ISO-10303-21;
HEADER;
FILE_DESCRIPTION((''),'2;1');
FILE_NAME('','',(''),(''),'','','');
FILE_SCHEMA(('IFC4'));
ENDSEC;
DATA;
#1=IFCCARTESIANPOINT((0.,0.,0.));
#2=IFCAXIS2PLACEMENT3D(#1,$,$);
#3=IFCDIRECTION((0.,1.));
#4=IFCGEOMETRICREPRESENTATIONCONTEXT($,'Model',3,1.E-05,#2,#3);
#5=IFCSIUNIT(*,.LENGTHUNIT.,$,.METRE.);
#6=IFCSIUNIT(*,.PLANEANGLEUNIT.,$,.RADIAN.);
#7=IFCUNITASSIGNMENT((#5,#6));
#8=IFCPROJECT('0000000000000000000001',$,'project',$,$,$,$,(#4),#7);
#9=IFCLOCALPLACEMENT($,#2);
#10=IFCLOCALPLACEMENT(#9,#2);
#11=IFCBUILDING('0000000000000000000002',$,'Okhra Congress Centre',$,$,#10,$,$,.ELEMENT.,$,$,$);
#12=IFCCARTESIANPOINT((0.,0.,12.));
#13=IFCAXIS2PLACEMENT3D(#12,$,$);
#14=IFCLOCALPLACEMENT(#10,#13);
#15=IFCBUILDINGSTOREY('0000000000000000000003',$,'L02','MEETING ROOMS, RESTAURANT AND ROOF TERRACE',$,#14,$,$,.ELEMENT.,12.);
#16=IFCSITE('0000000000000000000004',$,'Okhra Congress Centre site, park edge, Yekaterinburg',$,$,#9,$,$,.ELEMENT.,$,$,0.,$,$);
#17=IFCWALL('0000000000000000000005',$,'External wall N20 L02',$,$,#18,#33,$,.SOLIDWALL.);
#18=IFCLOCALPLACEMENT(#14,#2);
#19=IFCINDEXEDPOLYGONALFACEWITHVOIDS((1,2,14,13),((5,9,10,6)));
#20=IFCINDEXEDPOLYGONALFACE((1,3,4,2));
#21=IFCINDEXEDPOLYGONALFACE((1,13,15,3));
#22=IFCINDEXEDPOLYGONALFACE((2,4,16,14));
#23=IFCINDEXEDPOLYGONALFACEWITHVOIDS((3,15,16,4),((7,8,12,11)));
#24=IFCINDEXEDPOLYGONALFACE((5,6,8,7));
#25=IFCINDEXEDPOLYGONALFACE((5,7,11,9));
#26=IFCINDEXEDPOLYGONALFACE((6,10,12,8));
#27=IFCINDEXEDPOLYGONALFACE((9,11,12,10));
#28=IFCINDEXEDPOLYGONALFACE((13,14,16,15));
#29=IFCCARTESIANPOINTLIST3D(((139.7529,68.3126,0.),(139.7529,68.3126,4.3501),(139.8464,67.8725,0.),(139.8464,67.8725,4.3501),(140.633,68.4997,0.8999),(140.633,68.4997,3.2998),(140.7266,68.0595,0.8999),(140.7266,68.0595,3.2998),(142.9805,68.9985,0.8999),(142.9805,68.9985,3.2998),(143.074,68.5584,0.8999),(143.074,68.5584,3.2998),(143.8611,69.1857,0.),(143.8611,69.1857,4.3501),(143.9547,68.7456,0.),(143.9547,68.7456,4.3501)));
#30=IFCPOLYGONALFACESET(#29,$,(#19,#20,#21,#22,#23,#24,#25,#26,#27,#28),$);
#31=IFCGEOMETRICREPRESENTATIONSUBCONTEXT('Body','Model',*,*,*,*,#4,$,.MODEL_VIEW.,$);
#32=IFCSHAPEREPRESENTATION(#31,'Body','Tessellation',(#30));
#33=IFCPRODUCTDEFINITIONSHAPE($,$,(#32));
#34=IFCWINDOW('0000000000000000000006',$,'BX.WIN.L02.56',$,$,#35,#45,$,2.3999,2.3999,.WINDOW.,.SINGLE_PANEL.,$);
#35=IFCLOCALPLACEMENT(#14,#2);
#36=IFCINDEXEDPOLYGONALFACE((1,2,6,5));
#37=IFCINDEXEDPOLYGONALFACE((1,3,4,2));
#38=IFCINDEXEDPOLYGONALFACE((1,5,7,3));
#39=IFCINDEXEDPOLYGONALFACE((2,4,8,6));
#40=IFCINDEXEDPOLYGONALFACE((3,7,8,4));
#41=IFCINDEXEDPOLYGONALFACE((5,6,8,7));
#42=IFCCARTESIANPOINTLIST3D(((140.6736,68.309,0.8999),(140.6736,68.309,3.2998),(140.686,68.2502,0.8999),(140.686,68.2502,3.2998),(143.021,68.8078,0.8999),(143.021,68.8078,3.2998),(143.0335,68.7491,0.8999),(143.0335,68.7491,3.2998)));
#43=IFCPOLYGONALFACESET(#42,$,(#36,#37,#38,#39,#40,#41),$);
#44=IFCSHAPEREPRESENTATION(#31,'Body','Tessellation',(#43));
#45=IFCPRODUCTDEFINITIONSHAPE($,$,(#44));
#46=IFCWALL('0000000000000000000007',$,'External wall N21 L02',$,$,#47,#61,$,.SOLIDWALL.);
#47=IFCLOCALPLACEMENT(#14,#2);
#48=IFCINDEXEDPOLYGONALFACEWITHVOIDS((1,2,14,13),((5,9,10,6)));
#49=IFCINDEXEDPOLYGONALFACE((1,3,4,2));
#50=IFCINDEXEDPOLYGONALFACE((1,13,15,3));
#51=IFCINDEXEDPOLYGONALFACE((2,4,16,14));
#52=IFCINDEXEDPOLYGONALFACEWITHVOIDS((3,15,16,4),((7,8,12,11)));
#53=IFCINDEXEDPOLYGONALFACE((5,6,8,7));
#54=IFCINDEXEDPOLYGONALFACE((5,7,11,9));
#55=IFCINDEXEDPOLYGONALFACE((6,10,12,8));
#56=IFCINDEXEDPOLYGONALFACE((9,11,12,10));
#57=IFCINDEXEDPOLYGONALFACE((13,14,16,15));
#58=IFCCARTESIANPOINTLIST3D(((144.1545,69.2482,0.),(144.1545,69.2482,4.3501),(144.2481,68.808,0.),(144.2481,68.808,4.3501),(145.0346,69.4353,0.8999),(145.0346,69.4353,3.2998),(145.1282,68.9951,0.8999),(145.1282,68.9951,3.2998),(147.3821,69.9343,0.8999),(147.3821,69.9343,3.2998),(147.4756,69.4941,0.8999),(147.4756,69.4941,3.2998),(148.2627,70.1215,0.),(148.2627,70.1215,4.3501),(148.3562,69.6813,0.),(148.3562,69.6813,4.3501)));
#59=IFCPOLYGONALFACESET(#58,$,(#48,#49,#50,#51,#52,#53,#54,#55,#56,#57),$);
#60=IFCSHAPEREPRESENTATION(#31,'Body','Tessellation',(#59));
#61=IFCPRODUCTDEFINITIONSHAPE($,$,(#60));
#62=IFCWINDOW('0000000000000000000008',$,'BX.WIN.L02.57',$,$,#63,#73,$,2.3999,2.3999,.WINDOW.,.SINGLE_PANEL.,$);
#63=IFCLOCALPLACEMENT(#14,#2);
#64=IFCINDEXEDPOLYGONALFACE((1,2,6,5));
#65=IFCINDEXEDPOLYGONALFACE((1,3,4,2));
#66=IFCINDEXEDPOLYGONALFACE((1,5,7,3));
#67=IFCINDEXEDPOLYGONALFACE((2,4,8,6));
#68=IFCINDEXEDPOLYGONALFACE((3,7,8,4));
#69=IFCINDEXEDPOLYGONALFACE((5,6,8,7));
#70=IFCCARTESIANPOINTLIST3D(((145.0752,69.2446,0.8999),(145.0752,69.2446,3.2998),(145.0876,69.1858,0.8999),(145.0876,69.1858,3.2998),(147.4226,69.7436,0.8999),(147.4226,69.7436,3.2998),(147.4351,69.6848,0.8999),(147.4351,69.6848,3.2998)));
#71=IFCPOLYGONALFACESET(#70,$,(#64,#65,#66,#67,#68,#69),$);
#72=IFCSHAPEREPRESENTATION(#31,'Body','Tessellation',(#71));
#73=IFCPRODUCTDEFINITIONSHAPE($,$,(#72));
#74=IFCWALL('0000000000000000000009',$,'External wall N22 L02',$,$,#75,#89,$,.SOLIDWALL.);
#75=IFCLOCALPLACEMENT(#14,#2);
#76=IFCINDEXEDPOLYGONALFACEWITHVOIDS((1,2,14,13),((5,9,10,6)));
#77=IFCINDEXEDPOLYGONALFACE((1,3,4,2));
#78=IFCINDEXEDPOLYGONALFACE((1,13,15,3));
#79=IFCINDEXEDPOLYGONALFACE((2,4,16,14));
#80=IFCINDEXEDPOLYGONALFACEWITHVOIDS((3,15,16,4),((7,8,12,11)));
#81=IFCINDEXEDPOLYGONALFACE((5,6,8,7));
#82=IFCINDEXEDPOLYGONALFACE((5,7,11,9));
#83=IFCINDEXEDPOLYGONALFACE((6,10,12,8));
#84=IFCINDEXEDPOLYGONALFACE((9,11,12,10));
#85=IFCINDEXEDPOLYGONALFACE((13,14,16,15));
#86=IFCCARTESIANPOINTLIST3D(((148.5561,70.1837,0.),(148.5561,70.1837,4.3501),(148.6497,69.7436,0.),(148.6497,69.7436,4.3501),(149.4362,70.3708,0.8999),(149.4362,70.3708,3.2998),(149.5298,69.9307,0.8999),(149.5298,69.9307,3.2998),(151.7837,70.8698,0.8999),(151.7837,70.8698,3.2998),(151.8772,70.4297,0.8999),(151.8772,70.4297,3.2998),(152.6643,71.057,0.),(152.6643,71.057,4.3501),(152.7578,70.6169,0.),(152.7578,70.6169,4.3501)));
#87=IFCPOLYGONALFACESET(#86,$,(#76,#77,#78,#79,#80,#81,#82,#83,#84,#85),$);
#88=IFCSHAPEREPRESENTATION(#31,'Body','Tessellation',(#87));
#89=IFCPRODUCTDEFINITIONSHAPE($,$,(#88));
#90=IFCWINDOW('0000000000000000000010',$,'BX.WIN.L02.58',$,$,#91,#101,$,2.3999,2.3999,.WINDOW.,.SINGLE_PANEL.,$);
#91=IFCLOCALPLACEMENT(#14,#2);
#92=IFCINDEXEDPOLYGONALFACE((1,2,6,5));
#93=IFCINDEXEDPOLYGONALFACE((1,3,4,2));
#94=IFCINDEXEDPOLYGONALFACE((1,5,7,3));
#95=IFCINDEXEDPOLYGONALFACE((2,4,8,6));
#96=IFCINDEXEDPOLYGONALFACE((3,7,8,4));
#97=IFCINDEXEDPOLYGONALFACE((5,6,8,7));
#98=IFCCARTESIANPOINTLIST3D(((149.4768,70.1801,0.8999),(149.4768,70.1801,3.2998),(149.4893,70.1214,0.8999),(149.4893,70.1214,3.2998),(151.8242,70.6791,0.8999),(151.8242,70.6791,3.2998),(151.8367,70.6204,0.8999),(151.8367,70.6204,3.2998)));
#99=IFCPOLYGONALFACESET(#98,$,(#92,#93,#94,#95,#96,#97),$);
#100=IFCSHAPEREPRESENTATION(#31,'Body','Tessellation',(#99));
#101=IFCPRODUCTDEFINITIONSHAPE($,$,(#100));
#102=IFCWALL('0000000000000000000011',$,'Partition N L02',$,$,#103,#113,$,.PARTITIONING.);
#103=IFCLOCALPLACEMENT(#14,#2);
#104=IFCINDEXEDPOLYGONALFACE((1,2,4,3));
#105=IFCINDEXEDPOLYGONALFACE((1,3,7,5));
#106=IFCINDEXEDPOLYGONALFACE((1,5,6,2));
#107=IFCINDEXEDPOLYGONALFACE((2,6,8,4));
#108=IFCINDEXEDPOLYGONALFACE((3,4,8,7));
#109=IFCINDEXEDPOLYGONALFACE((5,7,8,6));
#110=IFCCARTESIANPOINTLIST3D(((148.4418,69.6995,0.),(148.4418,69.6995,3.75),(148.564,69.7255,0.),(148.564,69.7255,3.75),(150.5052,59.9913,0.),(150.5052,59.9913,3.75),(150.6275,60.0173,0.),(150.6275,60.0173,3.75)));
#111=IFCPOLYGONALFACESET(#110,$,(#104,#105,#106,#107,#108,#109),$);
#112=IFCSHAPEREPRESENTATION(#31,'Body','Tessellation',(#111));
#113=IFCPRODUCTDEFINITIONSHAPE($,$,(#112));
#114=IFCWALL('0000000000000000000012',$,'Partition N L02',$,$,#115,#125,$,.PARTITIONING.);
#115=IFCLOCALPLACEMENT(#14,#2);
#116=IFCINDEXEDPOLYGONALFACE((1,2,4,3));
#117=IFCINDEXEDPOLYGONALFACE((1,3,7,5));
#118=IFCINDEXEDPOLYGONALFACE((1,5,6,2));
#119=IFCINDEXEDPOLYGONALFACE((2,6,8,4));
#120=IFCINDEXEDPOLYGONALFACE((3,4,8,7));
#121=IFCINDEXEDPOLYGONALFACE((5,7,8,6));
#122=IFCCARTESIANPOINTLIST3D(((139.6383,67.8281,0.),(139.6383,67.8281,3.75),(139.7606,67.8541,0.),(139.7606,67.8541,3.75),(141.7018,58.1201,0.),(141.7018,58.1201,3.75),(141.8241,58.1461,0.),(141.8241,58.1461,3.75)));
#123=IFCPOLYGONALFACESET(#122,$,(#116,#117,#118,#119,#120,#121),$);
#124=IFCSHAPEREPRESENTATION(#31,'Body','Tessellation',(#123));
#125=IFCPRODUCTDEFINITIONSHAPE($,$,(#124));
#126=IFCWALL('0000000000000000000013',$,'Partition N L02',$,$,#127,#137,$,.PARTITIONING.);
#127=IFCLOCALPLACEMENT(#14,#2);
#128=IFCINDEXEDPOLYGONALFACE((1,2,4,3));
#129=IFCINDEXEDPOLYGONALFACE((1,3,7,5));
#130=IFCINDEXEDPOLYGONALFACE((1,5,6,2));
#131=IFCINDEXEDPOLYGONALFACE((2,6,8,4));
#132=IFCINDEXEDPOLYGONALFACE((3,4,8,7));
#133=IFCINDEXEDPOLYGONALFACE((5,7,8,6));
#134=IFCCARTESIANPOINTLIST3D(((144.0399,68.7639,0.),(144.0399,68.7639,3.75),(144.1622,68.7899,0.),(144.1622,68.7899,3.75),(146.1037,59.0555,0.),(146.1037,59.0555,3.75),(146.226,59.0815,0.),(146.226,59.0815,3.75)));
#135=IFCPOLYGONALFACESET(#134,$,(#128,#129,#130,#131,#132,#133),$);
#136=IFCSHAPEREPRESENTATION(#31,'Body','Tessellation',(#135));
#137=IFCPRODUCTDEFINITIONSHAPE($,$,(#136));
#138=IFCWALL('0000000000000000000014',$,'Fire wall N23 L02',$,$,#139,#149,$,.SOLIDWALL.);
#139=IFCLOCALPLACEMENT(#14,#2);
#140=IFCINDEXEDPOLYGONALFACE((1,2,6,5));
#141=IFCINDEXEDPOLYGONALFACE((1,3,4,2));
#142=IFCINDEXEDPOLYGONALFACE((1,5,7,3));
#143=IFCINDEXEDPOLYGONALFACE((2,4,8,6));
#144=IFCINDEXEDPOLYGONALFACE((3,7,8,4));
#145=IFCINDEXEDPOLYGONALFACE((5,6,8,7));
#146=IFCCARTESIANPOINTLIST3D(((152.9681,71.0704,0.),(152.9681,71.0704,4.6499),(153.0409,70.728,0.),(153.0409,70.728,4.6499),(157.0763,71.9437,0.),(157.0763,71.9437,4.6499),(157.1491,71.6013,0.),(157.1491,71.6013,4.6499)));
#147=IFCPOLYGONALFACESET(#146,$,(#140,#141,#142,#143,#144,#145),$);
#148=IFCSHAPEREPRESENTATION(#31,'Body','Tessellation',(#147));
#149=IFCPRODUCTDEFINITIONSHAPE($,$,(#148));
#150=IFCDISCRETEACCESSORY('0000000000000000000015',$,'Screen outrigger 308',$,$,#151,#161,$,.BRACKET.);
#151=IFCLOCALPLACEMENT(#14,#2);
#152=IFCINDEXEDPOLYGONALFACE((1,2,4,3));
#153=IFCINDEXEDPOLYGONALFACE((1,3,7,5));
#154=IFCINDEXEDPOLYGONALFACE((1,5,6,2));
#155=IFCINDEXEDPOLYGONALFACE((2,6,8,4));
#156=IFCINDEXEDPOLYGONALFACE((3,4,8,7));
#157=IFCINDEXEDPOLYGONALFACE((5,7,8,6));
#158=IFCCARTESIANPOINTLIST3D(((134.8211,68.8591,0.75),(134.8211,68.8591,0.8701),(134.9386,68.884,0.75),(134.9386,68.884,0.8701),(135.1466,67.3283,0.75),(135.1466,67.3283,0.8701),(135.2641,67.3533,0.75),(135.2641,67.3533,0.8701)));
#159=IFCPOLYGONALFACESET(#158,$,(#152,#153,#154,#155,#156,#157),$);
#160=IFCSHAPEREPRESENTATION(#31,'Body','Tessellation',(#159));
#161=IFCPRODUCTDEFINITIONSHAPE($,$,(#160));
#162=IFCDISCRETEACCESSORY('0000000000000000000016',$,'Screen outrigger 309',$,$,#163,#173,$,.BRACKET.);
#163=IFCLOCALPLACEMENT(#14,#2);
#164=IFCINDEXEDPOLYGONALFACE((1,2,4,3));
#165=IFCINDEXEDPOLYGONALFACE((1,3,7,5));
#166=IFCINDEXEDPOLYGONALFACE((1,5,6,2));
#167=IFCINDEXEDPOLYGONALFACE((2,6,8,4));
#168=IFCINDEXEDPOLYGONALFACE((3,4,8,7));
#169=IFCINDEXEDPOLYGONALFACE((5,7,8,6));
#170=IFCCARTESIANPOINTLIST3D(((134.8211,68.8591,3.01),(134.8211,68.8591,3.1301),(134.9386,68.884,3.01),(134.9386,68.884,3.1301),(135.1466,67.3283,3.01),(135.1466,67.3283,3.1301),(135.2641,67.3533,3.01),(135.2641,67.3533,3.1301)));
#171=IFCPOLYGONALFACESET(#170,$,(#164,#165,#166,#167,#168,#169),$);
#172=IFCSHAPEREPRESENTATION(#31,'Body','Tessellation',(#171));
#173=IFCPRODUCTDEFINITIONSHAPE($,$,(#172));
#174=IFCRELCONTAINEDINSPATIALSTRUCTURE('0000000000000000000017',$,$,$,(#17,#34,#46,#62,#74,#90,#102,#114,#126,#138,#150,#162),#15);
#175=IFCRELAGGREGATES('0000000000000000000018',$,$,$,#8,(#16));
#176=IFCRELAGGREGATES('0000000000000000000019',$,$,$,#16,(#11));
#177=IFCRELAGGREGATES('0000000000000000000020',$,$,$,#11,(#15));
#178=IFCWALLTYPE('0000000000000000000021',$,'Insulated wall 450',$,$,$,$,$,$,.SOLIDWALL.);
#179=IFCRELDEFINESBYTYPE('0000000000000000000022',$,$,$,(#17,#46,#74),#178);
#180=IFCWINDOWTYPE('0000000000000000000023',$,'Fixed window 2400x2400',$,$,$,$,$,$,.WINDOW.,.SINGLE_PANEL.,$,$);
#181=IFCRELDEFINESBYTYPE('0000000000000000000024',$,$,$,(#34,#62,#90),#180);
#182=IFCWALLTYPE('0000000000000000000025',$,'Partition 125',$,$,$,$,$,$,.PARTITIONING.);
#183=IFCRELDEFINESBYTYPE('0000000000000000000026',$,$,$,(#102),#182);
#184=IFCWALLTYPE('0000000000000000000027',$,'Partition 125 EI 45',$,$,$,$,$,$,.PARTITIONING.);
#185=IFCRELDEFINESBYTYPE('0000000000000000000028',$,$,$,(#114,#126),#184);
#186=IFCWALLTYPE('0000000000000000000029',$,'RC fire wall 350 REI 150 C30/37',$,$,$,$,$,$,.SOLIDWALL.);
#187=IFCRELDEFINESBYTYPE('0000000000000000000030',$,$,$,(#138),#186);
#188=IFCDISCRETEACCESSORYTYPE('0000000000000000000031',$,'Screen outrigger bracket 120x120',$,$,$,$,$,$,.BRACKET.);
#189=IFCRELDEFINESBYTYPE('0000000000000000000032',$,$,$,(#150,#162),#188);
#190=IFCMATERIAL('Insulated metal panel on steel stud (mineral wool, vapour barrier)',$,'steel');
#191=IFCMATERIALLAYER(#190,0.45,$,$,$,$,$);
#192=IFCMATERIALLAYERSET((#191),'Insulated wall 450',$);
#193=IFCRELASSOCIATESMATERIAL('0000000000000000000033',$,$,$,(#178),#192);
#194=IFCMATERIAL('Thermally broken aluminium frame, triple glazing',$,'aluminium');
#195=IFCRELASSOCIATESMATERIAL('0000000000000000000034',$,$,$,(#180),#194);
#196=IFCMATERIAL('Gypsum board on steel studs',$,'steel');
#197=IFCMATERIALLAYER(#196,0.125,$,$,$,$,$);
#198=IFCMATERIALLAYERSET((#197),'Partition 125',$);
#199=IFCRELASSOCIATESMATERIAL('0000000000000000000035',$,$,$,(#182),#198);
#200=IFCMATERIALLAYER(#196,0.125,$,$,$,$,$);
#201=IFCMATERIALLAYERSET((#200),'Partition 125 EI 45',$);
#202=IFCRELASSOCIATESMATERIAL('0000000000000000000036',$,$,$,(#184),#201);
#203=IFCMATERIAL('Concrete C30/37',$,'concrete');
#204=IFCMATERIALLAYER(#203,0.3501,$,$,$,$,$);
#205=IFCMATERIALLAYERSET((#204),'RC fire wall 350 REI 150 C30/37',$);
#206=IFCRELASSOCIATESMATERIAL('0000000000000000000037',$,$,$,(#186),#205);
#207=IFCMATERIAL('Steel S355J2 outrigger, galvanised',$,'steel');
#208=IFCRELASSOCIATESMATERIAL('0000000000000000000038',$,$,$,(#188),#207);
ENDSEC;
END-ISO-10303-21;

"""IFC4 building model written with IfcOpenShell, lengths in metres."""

from ifc_helpers import new_model, si_unit, direction, frame, frame_2d, origin, origin_2d, place, context, subcontext, project, spatial, rectangle, extrude, material, layer, layer_set, material_profile, profile_set, type_object, element, fill, save


model = new_model("IFC4")

# Units and contexts
model_context = context("Model", 3, precision=1e-05, world=origin(), true_north=direction((0.0, 1.0)))
body_context = subcontext(model_context, "Body", "Model", "MODEL_VIEW")
ifc_project = project(units=[si_unit("LENGTHUNIT", "METRE"), si_unit("PLANEANGLEUNIT", "RADIAN")], contexts=[model_context])

# Site, building, storey
site_placement = place(None, origin())
site = spatial("IfcSite", under=ifc_project, at=site_placement, Name="Okhra Congress Centre site, park edge, Yekaterinburg", CompositionType="ELEMENT", RefElevation=0.0)
building_placement = place(site_placement, origin())
building = spatial("IfcBuilding", under=site, at=building_placement, Name="Okhra Congress Centre", CompositionType="ELEMENT")
storey_placement = place(building_placement, frame((0.0, 0.0, 12.0)))
storey = spatial("IfcBuildingStorey", under=building, at=storey_placement, Name="L02", Description="MEETING ROOMS, RESTAURANT AND ROOF TERRACE", CompositionType="ELEMENT", Elevation=12.0)

# Walls, openings, windows
ifc_material_1 = material(Name="Insulated metal panel on steel stud (mineral wool, vapour barrier)", Category="steel")
ifc_layer_1 = layer(ifc_material_1, 0.45)
ifc_layer_set_1 = layer_set([ifc_layer_1], Name="Insulated wall 450")
wall_type_1 = type_object("IfcWallType", Name="Insulated wall 450", PredefinedType="SOLIDWALL", material=ifc_layer_set_1)
ifc_material_2 = material(Name="Thermally broken aluminium frame, triple glazing", Category="aluminium")
window_type = type_object("IfcWindowType", Name="Fixed window 2400x2400", PartitioningType="SINGLE_PANEL", PredefinedType="WINDOW", material=ifc_material_2)
wall_1_placement = place(storey_placement, frame((139.7996, 68.0925, 0.0), z_axis=(0.0, 0.0, 1.0), x_axis=(0.978156, 0.207873, 0.0)))
wall_1 = element("IfcWall", 1, at=wall_1_placement, inside=storey, type_object=wall_type_1, Name="External wall N20 L02", PredefinedType="SOLIDWALL", context=body_context, shape_type="SweptSolid", body=[
    extrude(rectangle(XDim=4.2, YDim=0.45, at=frame_2d((2.1001, 0.0))), origin(), (0.0, 0.0, 1.0), 4.3501),
])
opening_1_placement = place(wall_1_placement, frame((0.8999, 0.0, 0.8999)))
opening_1 = element("IfcOpeningElement", 2, at=opening_1_placement, cuts=wall_1, PredefinedType="OPENING", context=body_context, shape_type="SweptSolid", body=[
    extrude(rectangle(XDim=2.3999, YDim=2.3999, at=frame_2d((1.2, 1.2))), frame((0.0, 0.2349, 0.0), z_axis=(0.0, -1.0, 0.0), x_axis=(1.0, 0.0, 0.0)), (0.0, 0.0, 1.0), 0.47),
])
window_1_placement = place(opening_1_placement, origin())
window_1 = element("IfcWindow", 3, at=window_1_placement, inside=storey, type_object=window_type, Name="BX.WIN.L02.56", OverallHeight=2.3999, OverallWidth=2.3999, PartitioningType="SINGLE_PANEL", PredefinedType="WINDOW", context=body_context, shape_type="SweptSolid", body=[
    extrude(rectangle(XDim=2.3999, YDim=2.3999, at=frame_2d((1.2, 1.2))), frame((0.0, 0.03, 0.0), z_axis=(0.0, -1.0, 0.0), x_axis=(1.0, 0.0, 0.0)), (0.0, 0.0, 1.0), 0.0601),
])
fill(opening_1, window_1)
wall_2_placement = place(storey_placement, frame((144.2012, 69.0281, 0.0), z_axis=(0.0, 0.0, 1.0), x_axis=(0.978144, 0.207929, 0.0)))
wall_2 = element("IfcWall", 4, at=wall_2_placement, inside=storey, type_object=wall_type_1, Name="External wall N21 L02", PredefinedType="SOLIDWALL", context=body_context, shape_type="SweptSolid", body=[
    extrude(rectangle(XDim=4.2, YDim=0.45, at=frame_2d((2.1001, 0.0))), origin(), (0.0, 0.0, 1.0), 4.3501),
])
opening_2_placement = place(wall_2_placement, frame((0.8999, 0.0, 0.8999)))
opening_2 = element("IfcOpeningElement", 5, at=opening_2_placement, cuts=wall_2, PredefinedType="OPENING", context=body_context, shape_type="SweptSolid", body=[
    extrude(rectangle(XDim=2.3999, YDim=2.3999, at=frame_2d((1.2, 1.2))), frame((0.0, 0.2349, 0.0), z_axis=(0.0, -1.0, 0.0), x_axis=(1.0, 0.0, 0.0)), (0.0, 0.0, 1.0), 0.47),
])
window_2_placement = place(opening_2_placement, origin())
window_2 = element("IfcWindow", 6, at=window_2_placement, inside=storey, type_object=window_type, Name="BX.WIN.L02.57", OverallHeight=2.3999, OverallWidth=2.3999, PartitioningType="SINGLE_PANEL", PredefinedType="WINDOW", context=body_context, shape_type="SweptSolid", body=[
    extrude(rectangle(XDim=2.3999, YDim=2.3999, at=frame_2d((1.2, 1.2))), frame((0.0, 0.03, 0.0), z_axis=(0.0, -1.0, 0.0), x_axis=(1.0, 0.0, 0.0)), (0.0, 0.0, 1.0), 0.0601),
])
fill(opening_2, window_2)
wall_3_placement = place(storey_placement, frame((148.6028, 69.9636, 0.0), z_axis=(0.0, 0.0, 1.0), x_axis=(0.978144, 0.207929, 0.0)))
wall_3 = element("IfcWall", 7, at=wall_3_placement, inside=storey, type_object=wall_type_1, Name="External wall N22 L02", PredefinedType="SOLIDWALL", context=body_context, shape_type="SweptSolid", body=[
    extrude(rectangle(XDim=4.2, YDim=0.45, at=frame_2d((2.1001, 0.0))), origin(), (0.0, 0.0, 1.0), 4.3501),
])
opening_3_placement = place(wall_3_placement, frame((0.8999, 0.0, 0.8999)))
opening_3 = element("IfcOpeningElement", 8, at=opening_3_placement, cuts=wall_3, PredefinedType="OPENING", context=body_context, shape_type="SweptSolid", body=[
    extrude(rectangle(XDim=2.3999, YDim=2.3999, at=frame_2d((1.2, 1.2))), frame((0.0, 0.2349, 0.0), z_axis=(0.0, -1.0, 0.0), x_axis=(1.0, 0.0, 0.0)), (0.0, 0.0, 1.0), 0.47),
])
window_3_placement = place(opening_3_placement, origin())
window_3 = element("IfcWindow", 9, at=window_3_placement, inside=storey, type_object=window_type, Name="BX.WIN.L02.58", OverallHeight=2.3999, OverallWidth=2.3999, PartitioningType="SINGLE_PANEL", PredefinedType="WINDOW", context=body_context, shape_type="SweptSolid", body=[
    extrude(rectangle(XDim=2.3999, YDim=2.3999, at=frame_2d((1.2, 1.2))), frame((0.0, 0.03, 0.0), z_axis=(0.0, -1.0, 0.0), x_axis=(1.0, 0.0, 0.0)), (0.0, 0.0, 1.0), 0.0601),
])
fill(opening_3, window_3)

# Walls
ifc_material_3 = material(Name="Gypsum board on steel studs", Category="steel")
ifc_layer_2 = layer(ifc_material_3, 0.125)
ifc_layer_set_2 = layer_set([ifc_layer_2], Name="Partition 125")
wall_type_2 = type_object("IfcWallType", Name="Partition 125", PredefinedType="PARTITIONING", material=ifc_layer_set_2)
wall_4_placement = place(storey_placement, frame((148.5029, 69.7124, 0.0), z_axis=(0.0, 0.0, 1.0), x_axis=(0.207904, -0.978149, 0.0)))
element("IfcWall", 10, at=wall_4_placement, inside=storey, type_object=wall_type_2, Name="Partition N L02", PredefinedType="PARTITIONING", context=body_context, shape_type="SweptSolid", body=[
    extrude(rectangle(XDim=9.925, YDim=0.125, at=frame_2d((4.9624, 0.0))), origin(), (0.0, 0.0, 1.0), 3.75),
])
ifc_layer_3 = layer(ifc_material_3, 0.125)
ifc_layer_set_3 = layer_set([ifc_layer_3], Name="Partition 125 EI 45")
wall_type_3 = type_object("IfcWallType", Name="Partition 125 EI 45", PredefinedType="PARTITIONING", material=ifc_layer_set_3)
wall_5_placement = place(storey_placement, frame((139.6995, 67.8411, 0.0), z_axis=(0.0, 0.0, 1.0), x_axis=(0.207909, -0.978148, 0.0)))
element("IfcWall", 11, at=wall_5_placement, inside=storey, type_object=wall_type_3, Name="Partition N L02", PredefinedType="PARTITIONING", context=body_context, shape_type="SweptSolid", body=[
    extrude(rectangle(XDim=9.9248, YDim=0.125, at=frame_2d((4.9624, 0.0))), origin(), (0.0, 0.0, 1.0), 3.75),
])
wall_6_placement = place(storey_placement, frame((144.1011, 68.7769, 0.0), z_axis=(0.0, 0.0, 1.0), x_axis=(0.207928, -0.978144, 0.0)))
element("IfcWall", 12, at=wall_6_placement, inside=storey, type_object=wall_type_3, Name="Partition N L02", PredefinedType="PARTITIONING", context=body_context, shape_type="SweptSolid", body=[
    extrude(rectangle(XDim=9.9253, YDim=0.125, at=frame_2d((4.9626, 0.0))), origin(), (0.0, 0.0, 1.0), 3.75),
])
ifc_material_4 = material(Name="Concrete C30/37", Category="concrete")
ifc_layer_4 = layer(ifc_material_4, 0.3501)
ifc_layer_set_4 = layer_set([ifc_layer_4], Name="RC fire wall 350 REI 150 C30/37")
wall_type_4 = type_object("IfcWallType", Name="RC fire wall 350 REI 150 C30/37", PredefinedType="SOLIDWALL", material=ifc_layer_set_4)
wall_7_placement = place(storey_placement, frame((153.0044, 70.8992, 0.0), z_axis=(0.0, 0.0, 1.0), x_axis=(0.978144, 0.207929, 0.0)))
element("IfcWall", 13, at=wall_7_placement, inside=storey, type_object=wall_type_4, Name="Fire wall N23 L02", PredefinedType="SOLIDWALL", context=body_context, shape_type="SweptSolid", body=[
    extrude(rectangle(XDim=4.2, YDim=0.3501, at=frame_2d((2.1001, 0.0))), origin(), (0.0, 0.0, 1.0), 4.6499),
])

# Discrete accessories
ifc_material_5 = material(Name="Steel S355J2 outrigger, galvanised", Category="steel")
ifc_material_profile_1 = material_profile(ifc_material_5, rectangle(XDim=0.1201, YDim=0.1201, at=origin_2d()), Name="Screen outrigger bracket 120x120")
ifc_profile_set_1 = profile_set([ifc_material_profile_1], Name="Steel S355J2 outrigger, galvanised")
discrete_accessory_type = type_object("IfcDiscreteAccessoryType", Name="Screen outrigger bracket 120x120", PredefinedType="BRACKET", material=ifc_profile_set_1)
for number, where, z_axis, x_axis, name in (
    (14, (135.2053, 67.3408, 0.8101), (-0.207952, 0.978139, 0.0), (-0.978139, -0.207952, 0.0), "Screen outrigger 308"),
    (15, (135.2053, 67.3408, 3.0701), (-0.207952, 0.978139, 0.0), (-0.978139, -0.207952, 0.0), "Screen outrigger 309"),
):
    element("IfcDiscreteAccessory", number, at=place(storey_placement, frame(where, z_axis=z_axis, x_axis=x_axis)), inside=storey, type_object=discrete_accessory_type, Name=name, PredefinedType="BRACKET", context=body_context, shape_type="SweptSolid", body=[
        extrude(rectangle(XDim=0.1201, YDim=0.1201, at=origin_2d()), origin(), (0.0, 0.0, 1.0), 1.5649),
    ])

save(model, "model.ifc")
